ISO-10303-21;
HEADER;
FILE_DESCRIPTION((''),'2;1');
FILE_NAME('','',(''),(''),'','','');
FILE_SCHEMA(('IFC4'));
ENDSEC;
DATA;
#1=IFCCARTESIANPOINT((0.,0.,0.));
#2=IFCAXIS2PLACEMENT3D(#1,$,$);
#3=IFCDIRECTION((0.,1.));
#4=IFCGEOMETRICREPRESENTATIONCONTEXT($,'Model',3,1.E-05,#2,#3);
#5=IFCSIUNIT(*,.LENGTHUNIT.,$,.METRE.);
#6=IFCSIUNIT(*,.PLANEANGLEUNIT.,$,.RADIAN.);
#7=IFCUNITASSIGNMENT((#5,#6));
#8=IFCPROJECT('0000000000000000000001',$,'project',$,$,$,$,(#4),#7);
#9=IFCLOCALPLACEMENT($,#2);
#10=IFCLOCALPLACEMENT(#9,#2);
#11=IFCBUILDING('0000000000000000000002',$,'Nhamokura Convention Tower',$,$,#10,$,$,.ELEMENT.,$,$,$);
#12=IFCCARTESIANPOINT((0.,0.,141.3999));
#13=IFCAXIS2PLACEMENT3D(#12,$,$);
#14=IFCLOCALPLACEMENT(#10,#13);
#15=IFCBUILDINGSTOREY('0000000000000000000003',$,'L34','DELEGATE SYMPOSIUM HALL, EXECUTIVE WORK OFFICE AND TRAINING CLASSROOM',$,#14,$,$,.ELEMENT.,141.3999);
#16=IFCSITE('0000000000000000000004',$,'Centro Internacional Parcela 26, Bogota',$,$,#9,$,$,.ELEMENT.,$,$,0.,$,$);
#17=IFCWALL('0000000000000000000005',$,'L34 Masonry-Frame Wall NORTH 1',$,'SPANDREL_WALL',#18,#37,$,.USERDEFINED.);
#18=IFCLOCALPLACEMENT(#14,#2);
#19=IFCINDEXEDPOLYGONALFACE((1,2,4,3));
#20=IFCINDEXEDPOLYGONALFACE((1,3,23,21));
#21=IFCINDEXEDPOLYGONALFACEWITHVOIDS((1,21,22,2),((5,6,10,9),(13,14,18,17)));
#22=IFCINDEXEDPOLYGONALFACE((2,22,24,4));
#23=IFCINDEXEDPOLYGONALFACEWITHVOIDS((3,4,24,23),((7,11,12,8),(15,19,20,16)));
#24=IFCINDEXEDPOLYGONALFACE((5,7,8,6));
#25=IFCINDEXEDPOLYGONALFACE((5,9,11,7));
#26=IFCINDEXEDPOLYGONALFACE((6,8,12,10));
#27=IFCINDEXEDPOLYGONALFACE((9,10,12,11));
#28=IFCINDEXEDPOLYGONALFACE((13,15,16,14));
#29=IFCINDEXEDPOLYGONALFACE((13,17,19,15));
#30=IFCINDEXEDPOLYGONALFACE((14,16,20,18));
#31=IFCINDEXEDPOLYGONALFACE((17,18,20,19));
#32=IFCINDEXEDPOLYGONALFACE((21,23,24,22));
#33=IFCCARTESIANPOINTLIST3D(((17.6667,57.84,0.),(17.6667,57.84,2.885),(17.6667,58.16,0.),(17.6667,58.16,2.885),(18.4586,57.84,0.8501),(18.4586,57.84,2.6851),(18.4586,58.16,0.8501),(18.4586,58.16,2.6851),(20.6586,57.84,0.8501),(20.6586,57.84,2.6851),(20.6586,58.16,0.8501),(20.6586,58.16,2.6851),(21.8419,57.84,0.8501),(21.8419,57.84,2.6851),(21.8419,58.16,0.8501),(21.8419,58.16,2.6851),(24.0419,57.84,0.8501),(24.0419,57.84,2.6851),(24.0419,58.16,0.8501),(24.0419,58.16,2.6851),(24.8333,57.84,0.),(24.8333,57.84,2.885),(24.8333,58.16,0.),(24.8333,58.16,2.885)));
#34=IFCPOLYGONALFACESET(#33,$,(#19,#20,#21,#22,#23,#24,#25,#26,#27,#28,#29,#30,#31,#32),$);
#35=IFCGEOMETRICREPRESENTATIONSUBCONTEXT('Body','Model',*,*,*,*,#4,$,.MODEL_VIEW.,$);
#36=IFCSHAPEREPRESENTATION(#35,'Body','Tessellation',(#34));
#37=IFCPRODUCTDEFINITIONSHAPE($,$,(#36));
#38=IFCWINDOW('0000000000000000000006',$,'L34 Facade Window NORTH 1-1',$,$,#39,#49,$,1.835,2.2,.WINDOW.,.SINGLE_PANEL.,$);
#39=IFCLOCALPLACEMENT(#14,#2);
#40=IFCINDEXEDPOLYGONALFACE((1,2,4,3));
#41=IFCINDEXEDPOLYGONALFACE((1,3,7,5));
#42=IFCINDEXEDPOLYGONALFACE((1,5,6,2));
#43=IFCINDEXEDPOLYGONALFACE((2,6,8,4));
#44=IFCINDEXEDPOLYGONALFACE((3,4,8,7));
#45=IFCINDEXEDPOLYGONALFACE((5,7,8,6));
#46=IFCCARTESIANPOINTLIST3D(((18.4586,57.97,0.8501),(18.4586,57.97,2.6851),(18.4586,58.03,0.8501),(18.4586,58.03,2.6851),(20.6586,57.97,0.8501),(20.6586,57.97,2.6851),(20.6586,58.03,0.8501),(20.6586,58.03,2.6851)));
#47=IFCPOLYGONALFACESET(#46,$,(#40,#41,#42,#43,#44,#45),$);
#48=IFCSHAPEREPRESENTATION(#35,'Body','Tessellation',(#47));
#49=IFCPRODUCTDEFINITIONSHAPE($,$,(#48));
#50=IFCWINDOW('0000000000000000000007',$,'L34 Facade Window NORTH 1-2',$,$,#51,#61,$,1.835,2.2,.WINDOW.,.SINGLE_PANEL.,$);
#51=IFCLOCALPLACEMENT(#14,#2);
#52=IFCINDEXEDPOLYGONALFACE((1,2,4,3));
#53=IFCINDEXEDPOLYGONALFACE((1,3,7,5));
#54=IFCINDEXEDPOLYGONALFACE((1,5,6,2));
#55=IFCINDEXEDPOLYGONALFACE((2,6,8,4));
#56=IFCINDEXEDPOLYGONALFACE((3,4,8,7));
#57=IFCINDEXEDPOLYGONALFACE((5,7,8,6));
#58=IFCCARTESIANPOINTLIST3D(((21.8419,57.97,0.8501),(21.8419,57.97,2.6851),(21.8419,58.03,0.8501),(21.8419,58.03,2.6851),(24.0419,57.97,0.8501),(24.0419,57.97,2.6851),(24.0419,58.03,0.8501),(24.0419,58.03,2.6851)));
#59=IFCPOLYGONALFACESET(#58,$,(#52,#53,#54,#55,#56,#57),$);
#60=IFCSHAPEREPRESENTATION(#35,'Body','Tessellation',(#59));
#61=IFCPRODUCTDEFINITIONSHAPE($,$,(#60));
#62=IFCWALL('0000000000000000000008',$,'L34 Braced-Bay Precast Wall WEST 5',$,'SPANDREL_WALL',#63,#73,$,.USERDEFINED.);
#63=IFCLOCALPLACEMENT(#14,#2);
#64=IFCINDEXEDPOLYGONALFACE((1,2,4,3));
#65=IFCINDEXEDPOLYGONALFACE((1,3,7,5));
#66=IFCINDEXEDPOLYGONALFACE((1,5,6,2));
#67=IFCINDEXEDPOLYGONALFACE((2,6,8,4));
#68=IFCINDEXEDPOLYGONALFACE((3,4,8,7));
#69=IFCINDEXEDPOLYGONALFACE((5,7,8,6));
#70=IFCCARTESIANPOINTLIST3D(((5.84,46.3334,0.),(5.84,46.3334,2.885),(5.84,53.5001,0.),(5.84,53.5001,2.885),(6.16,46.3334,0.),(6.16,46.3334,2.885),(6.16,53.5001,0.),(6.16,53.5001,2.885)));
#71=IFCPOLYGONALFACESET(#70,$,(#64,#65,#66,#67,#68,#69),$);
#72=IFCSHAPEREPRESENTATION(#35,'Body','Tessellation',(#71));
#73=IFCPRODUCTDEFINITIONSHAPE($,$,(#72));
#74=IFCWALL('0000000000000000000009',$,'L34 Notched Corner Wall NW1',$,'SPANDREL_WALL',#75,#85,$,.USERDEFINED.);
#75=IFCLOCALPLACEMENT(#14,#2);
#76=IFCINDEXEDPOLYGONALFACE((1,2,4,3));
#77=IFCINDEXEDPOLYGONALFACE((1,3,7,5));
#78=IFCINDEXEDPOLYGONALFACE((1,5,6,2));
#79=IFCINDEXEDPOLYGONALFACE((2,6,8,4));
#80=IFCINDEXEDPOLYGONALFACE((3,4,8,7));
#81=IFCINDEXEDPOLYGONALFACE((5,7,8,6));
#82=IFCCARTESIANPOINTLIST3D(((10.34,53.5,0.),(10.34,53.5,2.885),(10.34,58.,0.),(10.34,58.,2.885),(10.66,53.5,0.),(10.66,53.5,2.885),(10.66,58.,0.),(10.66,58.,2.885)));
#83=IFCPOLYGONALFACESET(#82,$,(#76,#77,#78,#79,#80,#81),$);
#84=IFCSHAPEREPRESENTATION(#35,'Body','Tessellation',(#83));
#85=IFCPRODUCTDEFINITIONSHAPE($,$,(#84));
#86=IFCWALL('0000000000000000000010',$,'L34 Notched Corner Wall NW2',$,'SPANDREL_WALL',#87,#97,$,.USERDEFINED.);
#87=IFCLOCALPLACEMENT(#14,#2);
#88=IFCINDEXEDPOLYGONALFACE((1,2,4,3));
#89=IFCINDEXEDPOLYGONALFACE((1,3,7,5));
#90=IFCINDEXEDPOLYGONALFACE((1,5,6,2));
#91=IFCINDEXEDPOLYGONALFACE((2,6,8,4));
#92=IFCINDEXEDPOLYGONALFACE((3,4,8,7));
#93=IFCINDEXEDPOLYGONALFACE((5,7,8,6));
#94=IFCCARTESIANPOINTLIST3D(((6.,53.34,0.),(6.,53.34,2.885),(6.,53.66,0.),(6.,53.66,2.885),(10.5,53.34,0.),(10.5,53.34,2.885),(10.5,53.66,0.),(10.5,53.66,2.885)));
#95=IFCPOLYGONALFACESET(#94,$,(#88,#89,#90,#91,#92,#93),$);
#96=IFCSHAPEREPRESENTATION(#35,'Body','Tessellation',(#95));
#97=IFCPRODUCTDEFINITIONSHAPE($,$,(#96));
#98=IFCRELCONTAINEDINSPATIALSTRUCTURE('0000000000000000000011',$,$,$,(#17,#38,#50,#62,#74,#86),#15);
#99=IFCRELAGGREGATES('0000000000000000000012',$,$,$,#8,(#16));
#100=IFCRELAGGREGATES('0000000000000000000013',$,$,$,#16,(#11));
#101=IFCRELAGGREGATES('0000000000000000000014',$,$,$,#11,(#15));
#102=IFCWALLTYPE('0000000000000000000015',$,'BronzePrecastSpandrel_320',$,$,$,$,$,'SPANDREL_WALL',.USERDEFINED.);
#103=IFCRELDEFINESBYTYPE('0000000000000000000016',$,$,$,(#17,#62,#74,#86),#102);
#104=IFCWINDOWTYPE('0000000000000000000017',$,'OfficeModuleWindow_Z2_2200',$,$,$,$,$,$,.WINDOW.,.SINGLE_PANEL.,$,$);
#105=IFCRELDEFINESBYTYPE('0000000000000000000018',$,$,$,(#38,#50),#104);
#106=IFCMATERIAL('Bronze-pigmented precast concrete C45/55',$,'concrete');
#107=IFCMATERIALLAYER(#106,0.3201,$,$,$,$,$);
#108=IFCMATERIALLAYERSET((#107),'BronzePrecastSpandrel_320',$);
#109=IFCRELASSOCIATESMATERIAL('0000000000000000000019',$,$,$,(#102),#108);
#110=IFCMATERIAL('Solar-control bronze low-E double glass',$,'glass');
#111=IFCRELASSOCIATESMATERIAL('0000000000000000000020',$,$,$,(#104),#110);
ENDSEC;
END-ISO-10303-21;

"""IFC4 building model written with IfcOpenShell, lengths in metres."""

from ifc_helpers import new_model, si_unit, direction, frame, frame_2d, origin, place, context, subcontext, project, spatial, rectangle, extrude, material, layer, layer_set, type_object, element, fill, save


model = new_model("IFC4")

# Units and contexts
model_context = context("Model", 3, precision=1e-05, world=origin(), true_north=direction((0.0, 1.0)))
body_context = subcontext(model_context, "Body", "Model", "MODEL_VIEW")
ifc_project = project(units=[si_unit("LENGTHUNIT", "METRE"), si_unit("PLANEANGLEUNIT", "RADIAN")], contexts=[model_context])

# Site, building, storey
site_placement = place(None, origin())
site = spatial("IfcSite", under=ifc_project, at=site_placement, Name="Centro Internacional Parcela 26, Bogota", CompositionType="ELEMENT", RefElevation=0.0)
building_placement = place(site_placement, origin())
building = spatial("IfcBuilding", under=site, at=building_placement, Name="Nhamokura Convention Tower", CompositionType="ELEMENT")
storey_placement = place(building_placement, frame((0.0, 0.0, 141.3999)))
storey = spatial("IfcBuildingStorey", under=building, at=storey_placement, Name="L34", Description="DELEGATE SYMPOSIUM HALL, EXECUTIVE WORK OFFICE AND TRAINING CLASSROOM", CompositionType="ELEMENT", Elevation=141.3999)

# Shared definitions
ifc_material_1 = material(Name="Bronze-pigmented precast concrete C45/55", Category="concrete")
ifc_layer = layer(ifc_material_1, 0.3201)
ifc_layer_set = layer_set([ifc_layer], Name="BronzePrecastSpandrel_320")
wall_type = type_object("IfcWallType", Name="BronzePrecastSpandrel_320", ElementType="SPANDREL_WALL", PredefinedType="USERDEFINED", material=ifc_layer_set)

# Wall, openings, windows
wall_1_placement = place(storey_placement, frame((17.6667, 58.0, 0.0), z_axis=(0.0, 0.0, 1.0), x_axis=(1.0, 0.0, 0.0)))
wall_1 = element("IfcWall", 1, at=wall_1_placement, inside=storey, type_object=wall_type, Name="L34 Masonry-Frame Wall NORTH 1", ObjectType="SPANDREL_WALL", PredefinedType="USERDEFINED", context=body_context, shape_type="SweptSolid", body=[
    extrude(rectangle(XDim=7.1665, YDim=0.3201, at=frame_2d((3.5833, 0.0))), origin(), (0.0, 0.0, 1.0), 2.885),
])
opening_1_placement = place(wall_1_placement, frame((0.7917, 0.0, 0.8501)))
opening_1 = element("IfcOpeningElement", 2, at=opening_1_placement, cuts=wall_1, PredefinedType="OPENING", context=body_context, shape_type="SweptSolid", body=[
    extrude(rectangle(XDim=2.2, YDim=1.835, at=frame_2d((1.1001, 0.9175))), frame((0.0, 0.1699, 0.0), z_axis=(0.0, -1.0, 0.0), x_axis=(1.0, 0.0, 0.0)), (0.0, 0.0, 1.0), 0.3401),
])
opening_2_placement = place(wall_1_placement, frame((4.175, 0.0, 0.8501)))
opening_2 = element("IfcOpeningElement", 3, at=opening_2_placement, cuts=wall_1, PredefinedType="OPENING", context=body_context, shape_type="SweptSolid", body=[
    extrude(rectangle(XDim=2.2, YDim=1.835, at=frame_2d((1.1001, 0.9175))), frame((0.0, 0.1699, 0.0), z_axis=(0.0, -1.0, 0.0), x_axis=(1.0, 0.0, 0.0)), (0.0, 0.0, 1.0), 0.3401),
])
ifc_material_2 = material(Name="Solar-control bronze low-E double glass", Category="glass")
window_type = type_object("IfcWindowType", Name="OfficeModuleWindow_Z2_2200", PartitioningType="SINGLE_PANEL", PredefinedType="WINDOW", material=ifc_material_2)
window_1_placement = place(opening_1_placement, origin())
window_1 = element("IfcWindow", 4, at=window_1_placement, inside=storey, type_object=window_type, Name="L34 Facade Window NORTH 1-1", OverallHeight=1.835, OverallWidth=2.2, PartitioningType="SINGLE_PANEL", PredefinedType="WINDOW", context=body_context, shape_type="SweptSolid", body=[
    extrude(rectangle(XDim=2.2, YDim=1.835, at=frame_2d((1.1001, 0.9175))), frame((0.0, 0.03, 0.0), z_axis=(0.0, -1.0, 0.0), x_axis=(1.0, 0.0, 0.0)), (0.0, 0.0, 1.0), 0.0601),
])
fill(opening_1, window_1)
window_2_placement = place(opening_2_placement, origin())
window_2 = element("IfcWindow", 5, at=window_2_placement, inside=storey, type_object=window_type, Name="L34 Facade Window NORTH 1-2", OverallHeight=1.835, OverallWidth=2.2, PartitioningType="SINGLE_PANEL", PredefinedType="WINDOW", context=body_context, shape_type="SweptSolid", body=[
    extrude(rectangle(XDim=2.2, YDim=1.835, at=frame_2d((1.1001, 0.9175))), frame((0.0, 0.03, 0.0), z_axis=(0.0, -1.0, 0.0), x_axis=(1.0, 0.0, 0.0)), (0.0, 0.0, 1.0), 0.0601),
])
fill(opening_2, window_2)

# Walls
wall_2_placement = place(storey_placement, frame((6.0, 46.3333, 0.0), z_axis=(0.0, 0.0, 1.0), x_axis=(0.0, 1.0, 0.0)))
element("IfcWall", 6, at=wall_2_placement, inside=storey, type_object=wall_type, Name="L34 Braced-Bay Precast Wall WEST 5", ObjectType="SPANDREL_WALL", PredefinedType="USERDEFINED", context=body_context, shape_type="SweptSolid", body=[
    extrude(rectangle(XDim=7.1667, YDim=0.3201, at=frame_2d((3.5835, 0.0))), origin(), (0.0, 0.0, 1.0), 2.885),
])
for number, where, z_axis, x_axis, name in (
    (7, (10.5, 53.5, 0.0), (0.0, 0.0, 1.0), (0.0, 1.0, 0.0), "L34 Notched Corner Wall NW1"),
    (8, (6.0, 53.5, 0.0), (0.0, 0.0, 1.0), (1.0, 0.0, 0.0), "L34 Notched Corner Wall NW2"),
):
    element("IfcWall", number, at=place(storey_placement, frame(where, z_axis=z_axis, x_axis=x_axis)), inside=storey, type_object=wall_type, Name=name, ObjectType="SPANDREL_WALL", PredefinedType="USERDEFINED", context=body_context, shape_type="SweptSolid", body=[
        extrude(rectangle(XDim=4.5, YDim=0.3201, at=frame_2d((2.25, 0.0))), origin(), (0.0, 0.0, 1.0), 2.885),
    ])

save(model, "model.ifc")
